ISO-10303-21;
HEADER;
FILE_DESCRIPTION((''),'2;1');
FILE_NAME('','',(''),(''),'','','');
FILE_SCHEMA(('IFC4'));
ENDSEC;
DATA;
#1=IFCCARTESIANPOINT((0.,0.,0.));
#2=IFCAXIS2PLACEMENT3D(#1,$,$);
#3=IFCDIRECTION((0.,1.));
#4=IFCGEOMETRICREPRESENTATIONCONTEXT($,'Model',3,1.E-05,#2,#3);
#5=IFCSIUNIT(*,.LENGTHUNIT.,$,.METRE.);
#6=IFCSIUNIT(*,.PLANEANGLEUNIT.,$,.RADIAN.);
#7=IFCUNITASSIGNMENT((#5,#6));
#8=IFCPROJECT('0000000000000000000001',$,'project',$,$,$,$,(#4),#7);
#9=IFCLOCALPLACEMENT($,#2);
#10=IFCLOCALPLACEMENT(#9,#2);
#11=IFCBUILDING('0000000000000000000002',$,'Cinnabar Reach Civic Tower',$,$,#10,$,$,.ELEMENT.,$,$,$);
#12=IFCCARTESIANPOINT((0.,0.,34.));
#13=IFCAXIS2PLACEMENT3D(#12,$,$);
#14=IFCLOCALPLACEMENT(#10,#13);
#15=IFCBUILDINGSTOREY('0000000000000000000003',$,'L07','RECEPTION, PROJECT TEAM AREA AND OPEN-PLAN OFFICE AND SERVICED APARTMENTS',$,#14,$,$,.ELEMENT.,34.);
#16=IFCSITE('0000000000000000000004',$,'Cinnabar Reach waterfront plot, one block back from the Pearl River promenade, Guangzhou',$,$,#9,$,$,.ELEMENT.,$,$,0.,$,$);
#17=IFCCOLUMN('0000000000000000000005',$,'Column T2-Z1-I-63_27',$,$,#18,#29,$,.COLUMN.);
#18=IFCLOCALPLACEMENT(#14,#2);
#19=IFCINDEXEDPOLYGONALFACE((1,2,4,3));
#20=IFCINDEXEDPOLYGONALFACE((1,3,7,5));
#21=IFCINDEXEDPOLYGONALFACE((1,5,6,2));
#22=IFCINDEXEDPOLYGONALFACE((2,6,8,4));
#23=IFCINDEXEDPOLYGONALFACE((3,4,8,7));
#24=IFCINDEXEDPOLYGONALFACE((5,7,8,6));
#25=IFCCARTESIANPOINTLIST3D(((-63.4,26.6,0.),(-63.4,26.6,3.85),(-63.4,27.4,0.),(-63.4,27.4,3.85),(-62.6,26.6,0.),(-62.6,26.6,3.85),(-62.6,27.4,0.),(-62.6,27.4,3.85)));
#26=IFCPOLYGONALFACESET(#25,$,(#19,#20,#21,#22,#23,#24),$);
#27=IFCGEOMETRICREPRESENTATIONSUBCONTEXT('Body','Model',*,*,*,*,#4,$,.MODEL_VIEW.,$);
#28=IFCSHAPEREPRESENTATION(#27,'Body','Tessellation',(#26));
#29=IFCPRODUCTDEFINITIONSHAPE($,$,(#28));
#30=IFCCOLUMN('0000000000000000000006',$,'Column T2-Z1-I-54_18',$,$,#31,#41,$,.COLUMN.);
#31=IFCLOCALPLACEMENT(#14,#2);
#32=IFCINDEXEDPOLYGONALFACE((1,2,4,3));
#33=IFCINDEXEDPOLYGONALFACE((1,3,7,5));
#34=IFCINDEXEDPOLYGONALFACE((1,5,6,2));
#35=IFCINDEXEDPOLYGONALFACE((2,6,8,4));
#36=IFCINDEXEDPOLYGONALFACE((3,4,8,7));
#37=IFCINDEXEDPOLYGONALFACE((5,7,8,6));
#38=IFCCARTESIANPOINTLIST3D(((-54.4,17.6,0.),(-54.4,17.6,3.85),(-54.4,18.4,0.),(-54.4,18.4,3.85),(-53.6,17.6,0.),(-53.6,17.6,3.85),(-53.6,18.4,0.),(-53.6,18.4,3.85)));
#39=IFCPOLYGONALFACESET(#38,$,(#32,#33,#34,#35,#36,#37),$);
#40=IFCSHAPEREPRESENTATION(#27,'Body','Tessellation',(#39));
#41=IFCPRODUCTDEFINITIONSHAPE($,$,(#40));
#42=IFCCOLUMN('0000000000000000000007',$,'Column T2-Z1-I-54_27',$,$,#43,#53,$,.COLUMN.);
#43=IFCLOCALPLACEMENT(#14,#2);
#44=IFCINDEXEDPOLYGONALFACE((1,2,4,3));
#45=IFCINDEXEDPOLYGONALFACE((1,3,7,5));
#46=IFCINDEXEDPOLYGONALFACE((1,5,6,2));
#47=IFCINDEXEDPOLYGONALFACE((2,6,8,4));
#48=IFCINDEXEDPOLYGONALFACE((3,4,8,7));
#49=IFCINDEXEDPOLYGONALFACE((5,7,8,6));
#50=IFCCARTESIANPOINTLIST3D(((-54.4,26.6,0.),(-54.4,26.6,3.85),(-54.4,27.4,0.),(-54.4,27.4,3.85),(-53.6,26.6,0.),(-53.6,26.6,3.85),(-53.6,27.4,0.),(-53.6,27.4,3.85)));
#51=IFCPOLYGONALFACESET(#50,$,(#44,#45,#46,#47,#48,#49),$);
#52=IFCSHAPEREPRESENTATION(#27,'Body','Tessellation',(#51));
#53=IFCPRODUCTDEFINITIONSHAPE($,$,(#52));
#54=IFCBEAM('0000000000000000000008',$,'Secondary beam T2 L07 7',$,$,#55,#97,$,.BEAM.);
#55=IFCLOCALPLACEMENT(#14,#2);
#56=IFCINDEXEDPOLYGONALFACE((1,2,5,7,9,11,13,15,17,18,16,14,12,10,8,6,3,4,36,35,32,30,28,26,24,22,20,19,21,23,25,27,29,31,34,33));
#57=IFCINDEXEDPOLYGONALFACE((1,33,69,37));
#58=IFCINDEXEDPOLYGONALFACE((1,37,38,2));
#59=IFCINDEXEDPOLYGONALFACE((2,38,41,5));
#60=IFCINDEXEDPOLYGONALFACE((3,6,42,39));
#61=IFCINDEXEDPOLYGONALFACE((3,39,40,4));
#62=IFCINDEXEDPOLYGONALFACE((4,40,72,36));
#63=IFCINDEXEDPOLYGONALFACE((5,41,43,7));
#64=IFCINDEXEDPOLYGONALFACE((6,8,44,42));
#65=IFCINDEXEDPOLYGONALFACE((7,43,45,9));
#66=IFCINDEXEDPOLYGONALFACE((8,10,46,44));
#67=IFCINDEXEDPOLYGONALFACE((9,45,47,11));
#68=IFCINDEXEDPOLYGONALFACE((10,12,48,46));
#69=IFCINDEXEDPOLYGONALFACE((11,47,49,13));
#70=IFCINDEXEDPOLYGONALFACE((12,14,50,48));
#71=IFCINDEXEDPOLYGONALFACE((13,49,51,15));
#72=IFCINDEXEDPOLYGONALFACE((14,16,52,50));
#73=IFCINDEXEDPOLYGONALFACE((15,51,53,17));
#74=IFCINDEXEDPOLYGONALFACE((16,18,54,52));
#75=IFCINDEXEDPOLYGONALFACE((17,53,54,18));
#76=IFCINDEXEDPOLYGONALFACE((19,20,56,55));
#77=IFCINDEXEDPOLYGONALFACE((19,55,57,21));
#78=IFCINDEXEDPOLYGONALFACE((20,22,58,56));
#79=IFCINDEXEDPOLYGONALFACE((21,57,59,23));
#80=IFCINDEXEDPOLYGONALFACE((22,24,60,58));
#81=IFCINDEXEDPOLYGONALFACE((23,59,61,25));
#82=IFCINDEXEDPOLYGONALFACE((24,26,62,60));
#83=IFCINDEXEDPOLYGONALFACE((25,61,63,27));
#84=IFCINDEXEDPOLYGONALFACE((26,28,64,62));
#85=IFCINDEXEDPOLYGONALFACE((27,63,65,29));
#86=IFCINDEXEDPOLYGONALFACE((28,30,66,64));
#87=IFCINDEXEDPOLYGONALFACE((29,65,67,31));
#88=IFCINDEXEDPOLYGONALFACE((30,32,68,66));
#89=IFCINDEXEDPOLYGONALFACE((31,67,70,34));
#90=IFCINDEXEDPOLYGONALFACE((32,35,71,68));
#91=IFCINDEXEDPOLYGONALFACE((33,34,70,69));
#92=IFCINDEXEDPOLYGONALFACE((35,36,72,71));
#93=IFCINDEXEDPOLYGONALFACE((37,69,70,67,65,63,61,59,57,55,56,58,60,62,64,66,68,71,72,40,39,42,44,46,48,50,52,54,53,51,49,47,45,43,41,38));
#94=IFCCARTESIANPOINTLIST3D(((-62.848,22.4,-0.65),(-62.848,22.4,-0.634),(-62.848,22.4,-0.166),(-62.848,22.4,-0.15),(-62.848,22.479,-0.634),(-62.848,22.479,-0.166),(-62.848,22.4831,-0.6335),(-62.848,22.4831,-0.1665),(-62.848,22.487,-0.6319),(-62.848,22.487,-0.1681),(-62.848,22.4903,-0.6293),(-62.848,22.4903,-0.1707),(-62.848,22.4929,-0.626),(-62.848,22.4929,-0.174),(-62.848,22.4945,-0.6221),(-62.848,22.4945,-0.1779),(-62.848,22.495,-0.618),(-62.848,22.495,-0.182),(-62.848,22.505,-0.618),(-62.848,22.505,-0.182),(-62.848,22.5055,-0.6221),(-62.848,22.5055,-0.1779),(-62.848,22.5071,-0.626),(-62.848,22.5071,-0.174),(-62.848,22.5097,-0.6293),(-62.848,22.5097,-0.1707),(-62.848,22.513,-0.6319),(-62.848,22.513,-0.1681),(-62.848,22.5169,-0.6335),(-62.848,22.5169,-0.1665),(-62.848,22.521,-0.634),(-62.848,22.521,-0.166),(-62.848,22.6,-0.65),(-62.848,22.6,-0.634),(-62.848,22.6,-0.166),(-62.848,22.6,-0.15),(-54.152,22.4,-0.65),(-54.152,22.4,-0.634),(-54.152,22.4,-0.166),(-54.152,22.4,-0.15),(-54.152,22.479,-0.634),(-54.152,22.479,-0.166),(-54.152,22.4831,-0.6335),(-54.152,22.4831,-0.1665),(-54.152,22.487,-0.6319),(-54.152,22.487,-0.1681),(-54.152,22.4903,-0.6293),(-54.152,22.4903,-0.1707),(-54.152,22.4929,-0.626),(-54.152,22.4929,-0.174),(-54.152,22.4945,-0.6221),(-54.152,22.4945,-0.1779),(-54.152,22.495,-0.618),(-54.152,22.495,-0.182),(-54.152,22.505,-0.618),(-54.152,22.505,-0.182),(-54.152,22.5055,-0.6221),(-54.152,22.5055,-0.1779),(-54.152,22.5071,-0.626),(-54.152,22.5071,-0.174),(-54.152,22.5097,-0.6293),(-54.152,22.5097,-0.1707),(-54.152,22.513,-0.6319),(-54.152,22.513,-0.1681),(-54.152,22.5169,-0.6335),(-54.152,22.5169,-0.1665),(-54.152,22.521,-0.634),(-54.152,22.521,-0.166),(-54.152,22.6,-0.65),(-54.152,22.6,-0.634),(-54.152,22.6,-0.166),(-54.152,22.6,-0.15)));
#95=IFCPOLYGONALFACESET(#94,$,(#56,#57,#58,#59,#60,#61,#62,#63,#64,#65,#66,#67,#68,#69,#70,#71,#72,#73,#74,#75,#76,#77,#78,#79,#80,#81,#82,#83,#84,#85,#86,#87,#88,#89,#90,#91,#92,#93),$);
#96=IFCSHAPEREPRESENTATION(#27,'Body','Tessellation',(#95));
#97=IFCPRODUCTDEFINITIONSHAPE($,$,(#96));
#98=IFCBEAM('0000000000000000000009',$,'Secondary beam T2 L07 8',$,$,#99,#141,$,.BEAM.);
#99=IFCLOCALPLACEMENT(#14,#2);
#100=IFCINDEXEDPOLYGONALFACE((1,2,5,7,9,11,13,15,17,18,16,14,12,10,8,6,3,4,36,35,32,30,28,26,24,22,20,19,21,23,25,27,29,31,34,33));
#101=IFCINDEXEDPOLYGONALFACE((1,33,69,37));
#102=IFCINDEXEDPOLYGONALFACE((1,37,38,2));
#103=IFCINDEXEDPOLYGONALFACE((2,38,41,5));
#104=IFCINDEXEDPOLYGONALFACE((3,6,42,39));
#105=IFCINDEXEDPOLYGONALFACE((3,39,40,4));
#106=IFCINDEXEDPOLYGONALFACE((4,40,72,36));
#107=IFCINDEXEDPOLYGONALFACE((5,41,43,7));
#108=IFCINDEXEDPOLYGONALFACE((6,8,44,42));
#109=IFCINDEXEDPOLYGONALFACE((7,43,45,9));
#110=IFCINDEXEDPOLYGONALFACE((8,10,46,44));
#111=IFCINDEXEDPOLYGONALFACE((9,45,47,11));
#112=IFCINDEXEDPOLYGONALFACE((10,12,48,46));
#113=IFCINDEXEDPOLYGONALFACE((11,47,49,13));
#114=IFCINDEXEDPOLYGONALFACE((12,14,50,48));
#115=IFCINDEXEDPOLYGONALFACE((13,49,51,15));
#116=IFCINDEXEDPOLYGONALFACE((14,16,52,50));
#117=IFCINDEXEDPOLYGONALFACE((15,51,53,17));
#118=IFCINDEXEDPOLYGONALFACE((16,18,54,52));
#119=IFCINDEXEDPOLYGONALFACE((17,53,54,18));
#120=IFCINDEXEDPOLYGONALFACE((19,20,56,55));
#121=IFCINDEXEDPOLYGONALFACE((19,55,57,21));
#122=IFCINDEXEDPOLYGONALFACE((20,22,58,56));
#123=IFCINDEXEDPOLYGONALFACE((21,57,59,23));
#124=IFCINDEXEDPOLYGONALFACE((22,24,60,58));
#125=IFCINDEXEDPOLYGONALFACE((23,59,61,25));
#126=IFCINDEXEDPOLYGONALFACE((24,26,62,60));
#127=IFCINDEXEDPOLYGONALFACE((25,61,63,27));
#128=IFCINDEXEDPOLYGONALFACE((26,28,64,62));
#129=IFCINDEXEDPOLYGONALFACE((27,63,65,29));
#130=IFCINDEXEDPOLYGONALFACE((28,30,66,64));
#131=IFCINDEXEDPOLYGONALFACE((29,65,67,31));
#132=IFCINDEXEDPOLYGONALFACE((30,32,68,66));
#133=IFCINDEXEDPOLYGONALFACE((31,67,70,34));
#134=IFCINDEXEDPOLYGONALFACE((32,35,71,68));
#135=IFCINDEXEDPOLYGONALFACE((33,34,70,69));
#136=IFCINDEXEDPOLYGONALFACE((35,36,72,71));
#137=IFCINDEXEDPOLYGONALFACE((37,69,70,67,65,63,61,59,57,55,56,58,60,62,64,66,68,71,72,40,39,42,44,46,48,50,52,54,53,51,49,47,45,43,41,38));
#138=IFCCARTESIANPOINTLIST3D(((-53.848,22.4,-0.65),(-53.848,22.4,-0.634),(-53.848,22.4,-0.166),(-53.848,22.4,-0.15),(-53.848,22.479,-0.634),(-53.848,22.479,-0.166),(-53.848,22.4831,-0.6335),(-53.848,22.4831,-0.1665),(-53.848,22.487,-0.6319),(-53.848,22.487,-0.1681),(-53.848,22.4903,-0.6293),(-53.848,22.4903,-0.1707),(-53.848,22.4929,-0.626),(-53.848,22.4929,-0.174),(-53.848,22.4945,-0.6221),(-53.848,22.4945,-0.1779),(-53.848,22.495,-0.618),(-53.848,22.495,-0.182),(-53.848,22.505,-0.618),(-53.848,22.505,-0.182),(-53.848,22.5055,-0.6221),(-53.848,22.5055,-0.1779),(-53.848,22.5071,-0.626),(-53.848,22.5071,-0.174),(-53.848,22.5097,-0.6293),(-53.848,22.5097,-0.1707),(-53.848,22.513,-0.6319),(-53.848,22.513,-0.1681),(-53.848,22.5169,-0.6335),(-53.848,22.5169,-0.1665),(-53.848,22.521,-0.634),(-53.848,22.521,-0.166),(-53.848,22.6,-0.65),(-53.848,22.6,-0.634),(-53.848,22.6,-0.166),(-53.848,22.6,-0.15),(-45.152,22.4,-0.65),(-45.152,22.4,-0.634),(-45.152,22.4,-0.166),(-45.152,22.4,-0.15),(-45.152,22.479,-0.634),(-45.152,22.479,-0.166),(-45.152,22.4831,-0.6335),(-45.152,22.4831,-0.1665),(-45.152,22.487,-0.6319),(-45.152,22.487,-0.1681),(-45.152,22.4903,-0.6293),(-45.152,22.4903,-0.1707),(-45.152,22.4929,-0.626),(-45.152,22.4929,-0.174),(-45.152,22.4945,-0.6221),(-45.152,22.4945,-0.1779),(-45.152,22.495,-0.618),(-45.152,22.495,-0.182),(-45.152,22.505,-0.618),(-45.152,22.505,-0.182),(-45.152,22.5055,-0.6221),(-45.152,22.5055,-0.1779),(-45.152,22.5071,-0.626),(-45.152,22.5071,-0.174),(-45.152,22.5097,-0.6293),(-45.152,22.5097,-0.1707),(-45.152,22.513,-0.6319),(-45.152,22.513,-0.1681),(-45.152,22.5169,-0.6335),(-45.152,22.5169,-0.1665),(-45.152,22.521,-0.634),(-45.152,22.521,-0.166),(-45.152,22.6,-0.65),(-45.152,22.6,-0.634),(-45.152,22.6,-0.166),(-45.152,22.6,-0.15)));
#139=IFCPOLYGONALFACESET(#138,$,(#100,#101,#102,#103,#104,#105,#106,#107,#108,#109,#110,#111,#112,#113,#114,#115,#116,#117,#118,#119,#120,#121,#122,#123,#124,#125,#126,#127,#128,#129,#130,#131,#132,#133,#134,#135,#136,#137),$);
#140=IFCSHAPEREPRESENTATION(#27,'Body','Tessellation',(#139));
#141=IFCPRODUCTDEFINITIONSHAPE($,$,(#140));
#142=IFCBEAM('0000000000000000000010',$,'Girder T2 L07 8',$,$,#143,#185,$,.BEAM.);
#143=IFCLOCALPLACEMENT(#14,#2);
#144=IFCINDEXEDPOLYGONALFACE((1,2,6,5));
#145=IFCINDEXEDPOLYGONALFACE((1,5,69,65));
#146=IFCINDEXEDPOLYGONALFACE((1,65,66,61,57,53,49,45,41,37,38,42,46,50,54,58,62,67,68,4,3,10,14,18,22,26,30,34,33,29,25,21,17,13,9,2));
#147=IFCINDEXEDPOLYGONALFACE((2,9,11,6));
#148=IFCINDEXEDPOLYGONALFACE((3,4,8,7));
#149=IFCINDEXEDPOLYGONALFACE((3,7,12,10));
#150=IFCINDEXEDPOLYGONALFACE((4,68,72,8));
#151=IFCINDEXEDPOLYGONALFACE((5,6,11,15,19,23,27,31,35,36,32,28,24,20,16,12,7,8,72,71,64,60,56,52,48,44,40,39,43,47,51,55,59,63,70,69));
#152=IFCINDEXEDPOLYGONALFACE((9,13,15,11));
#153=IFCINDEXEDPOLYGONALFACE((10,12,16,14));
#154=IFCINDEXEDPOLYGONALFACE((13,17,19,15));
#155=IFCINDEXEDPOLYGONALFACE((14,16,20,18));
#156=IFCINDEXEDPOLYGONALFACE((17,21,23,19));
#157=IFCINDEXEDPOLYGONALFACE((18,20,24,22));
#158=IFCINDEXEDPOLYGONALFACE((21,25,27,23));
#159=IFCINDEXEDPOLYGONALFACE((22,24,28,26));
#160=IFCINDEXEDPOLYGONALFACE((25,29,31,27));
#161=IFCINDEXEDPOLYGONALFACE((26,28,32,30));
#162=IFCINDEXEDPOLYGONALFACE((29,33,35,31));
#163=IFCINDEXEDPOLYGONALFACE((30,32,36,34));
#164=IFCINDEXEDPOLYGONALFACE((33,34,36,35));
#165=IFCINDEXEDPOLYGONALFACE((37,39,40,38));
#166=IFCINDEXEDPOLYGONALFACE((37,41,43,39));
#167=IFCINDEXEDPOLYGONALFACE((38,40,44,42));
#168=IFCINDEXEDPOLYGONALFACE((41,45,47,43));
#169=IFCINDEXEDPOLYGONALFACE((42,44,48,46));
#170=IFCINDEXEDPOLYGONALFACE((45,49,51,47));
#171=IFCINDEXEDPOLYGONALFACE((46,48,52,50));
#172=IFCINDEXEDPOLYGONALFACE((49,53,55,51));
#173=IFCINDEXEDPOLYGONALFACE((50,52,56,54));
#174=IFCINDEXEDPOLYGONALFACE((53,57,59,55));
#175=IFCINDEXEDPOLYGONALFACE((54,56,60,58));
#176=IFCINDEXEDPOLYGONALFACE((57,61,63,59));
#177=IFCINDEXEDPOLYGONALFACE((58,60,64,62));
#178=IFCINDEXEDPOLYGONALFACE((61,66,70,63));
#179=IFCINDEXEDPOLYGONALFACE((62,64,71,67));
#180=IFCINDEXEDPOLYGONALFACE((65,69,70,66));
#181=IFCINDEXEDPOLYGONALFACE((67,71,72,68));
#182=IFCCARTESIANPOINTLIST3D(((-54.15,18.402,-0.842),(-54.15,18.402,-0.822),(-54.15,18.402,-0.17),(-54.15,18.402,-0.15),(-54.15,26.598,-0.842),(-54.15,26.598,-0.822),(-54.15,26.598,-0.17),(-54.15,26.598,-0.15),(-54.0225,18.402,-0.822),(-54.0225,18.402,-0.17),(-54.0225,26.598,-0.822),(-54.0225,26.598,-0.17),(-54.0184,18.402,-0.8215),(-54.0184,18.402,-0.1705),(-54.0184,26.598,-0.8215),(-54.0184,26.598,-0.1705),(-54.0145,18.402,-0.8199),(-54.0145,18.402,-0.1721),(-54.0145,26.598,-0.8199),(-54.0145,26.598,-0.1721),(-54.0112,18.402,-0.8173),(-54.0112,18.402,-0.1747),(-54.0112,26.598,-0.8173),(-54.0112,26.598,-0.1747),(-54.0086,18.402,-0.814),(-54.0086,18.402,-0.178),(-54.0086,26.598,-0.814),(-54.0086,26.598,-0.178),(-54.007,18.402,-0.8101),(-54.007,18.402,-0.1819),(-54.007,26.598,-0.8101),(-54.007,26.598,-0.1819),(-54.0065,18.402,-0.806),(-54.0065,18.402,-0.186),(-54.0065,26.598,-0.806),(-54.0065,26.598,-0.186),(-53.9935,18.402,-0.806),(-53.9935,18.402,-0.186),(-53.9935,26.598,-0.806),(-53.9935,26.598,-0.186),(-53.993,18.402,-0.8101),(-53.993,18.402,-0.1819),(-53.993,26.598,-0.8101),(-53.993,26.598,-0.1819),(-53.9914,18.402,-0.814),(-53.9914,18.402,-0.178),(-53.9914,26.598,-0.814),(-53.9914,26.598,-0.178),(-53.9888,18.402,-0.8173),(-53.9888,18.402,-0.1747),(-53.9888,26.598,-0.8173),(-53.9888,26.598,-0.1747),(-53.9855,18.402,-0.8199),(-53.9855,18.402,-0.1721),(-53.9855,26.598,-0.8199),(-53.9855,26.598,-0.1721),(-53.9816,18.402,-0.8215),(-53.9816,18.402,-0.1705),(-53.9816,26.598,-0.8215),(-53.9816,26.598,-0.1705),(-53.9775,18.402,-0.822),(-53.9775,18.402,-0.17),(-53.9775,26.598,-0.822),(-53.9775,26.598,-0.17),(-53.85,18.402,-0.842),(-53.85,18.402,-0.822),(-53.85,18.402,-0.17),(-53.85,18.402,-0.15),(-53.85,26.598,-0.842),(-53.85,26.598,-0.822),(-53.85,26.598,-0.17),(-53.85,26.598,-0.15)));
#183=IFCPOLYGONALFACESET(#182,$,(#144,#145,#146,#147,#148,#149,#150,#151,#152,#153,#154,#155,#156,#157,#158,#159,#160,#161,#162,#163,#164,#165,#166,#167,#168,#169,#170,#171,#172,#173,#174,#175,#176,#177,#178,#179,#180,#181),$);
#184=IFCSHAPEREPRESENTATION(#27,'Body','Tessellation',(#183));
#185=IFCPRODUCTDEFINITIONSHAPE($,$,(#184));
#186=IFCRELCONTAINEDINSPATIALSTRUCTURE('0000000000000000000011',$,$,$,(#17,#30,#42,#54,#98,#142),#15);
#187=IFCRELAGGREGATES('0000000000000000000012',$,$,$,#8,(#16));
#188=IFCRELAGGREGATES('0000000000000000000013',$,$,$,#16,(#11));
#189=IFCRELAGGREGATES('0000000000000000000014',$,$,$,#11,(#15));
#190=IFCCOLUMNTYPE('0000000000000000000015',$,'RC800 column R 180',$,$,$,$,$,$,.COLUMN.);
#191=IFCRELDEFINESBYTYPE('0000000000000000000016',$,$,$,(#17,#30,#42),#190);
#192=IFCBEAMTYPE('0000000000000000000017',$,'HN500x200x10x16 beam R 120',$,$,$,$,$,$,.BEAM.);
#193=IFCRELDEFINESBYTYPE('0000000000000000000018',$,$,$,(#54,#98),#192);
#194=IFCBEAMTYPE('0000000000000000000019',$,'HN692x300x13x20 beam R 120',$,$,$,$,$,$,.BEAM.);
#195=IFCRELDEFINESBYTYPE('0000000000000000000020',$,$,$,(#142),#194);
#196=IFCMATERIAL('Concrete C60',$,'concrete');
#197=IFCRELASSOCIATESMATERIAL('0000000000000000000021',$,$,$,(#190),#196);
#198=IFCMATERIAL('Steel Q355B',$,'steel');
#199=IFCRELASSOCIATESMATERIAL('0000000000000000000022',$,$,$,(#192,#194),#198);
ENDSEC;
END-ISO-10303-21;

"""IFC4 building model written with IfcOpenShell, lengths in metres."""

from ifc_helpers import new_model, si_unit, direction, frame, origin, origin_2d, place, context, subcontext, project, spatial, rectangle, i_section, extrude, material, material_profile, profile_set, type_object, element, save


model = new_model("IFC4")

# Units and contexts
model_context = context("Model", 3, precision=1e-05, world=origin(), true_north=direction((0.0, 1.0)))
body_context = subcontext(model_context, "Body", "Model", "MODEL_VIEW")
ifc_project = project(units=[si_unit("LENGTHUNIT", "METRE"), si_unit("PLANEANGLEUNIT", "RADIAN")], contexts=[model_context])

# Site, building, storey
site_placement = place(None, origin())
site = spatial("IfcSite", under=ifc_project, at=site_placement, Name="Cinnabar Reach waterfront plot, one block back from the Pearl River promenade, Guangzhou", CompositionType="ELEMENT", RefElevation=0.0)
building_placement = place(site_placement, origin())
building = spatial("IfcBuilding", under=site, at=building_placement, Name="Cinnabar Reach Civic Tower", CompositionType="ELEMENT")
storey_placement = place(building_placement, frame((0.0, 0.0, 34.0)))
storey = spatial("IfcBuildingStorey", under=building, at=storey_placement, Name="L07", Description="RECEPTION, PROJECT TEAM AREA AND OPEN-PLAN OFFICE AND SERVICED APARTMENTS", CompositionType="ELEMENT", Elevation=34.0)

# Columns
ifc_material_1 = material(Name="Concrete C60", Category="concrete")
ifc_material_profile_1 = material_profile(ifc_material_1, rectangle(XDim=0.8, YDim=0.8, at=origin_2d()), Name="RC800")
ifc_profile_set_1 = profile_set([ifc_material_profile_1], Name="Concrete C60")
column_type = type_object("IfcColumnType", Name="RC800 column R 180", PredefinedType="COLUMN", material=ifc_profile_set_1)
for number, where, z_axis, x_axis, name in (
    (1, (-63.0, 27.0, 0.0), (0.0, 0.0, 1.0), (1.0, 0.0, 0.0), "Column T2-Z1-I-63_27"),
    (2, (-54.0, 18.0, 0.0), (0.0, 0.0, 1.0), (1.0, 0.0, 0.0), "Column T2-Z1-I-54_18"),
    (3, (-54.0, 27.0, 0.0), (0.0, 0.0, 1.0), (1.0, 0.0, 0.0), "Column T2-Z1-I-54_27"),
):
    element("IfcColumn", number, at=place(storey_placement, frame(where, z_axis=z_axis, x_axis=x_axis)), inside=storey, type_object=column_type, Name=name, PredefinedType="COLUMN", context=body_context, shape_type="SweptSolid", body=[
        extrude(rectangle(XDim=0.8, YDim=0.8, at=origin_2d()), origin(), (0.0, 0.0, 1.0), 3.85),
    ])

# Beams
ifc_material_2 = material(Name="Steel Q355B", Category="steel")
ifc_material_profile_2 = material_profile(ifc_material_2, i_section(OverallWidth=0.2, OverallDepth=0.5, WebThickness=0.01, FlangeThickness=0.016, FilletRadius=0.016, at=origin_2d()), Name="HN500x200x10x16")
ifc_profile_set_2 = profile_set([ifc_material_profile_2], Name="Steel Q355B")
beam_type_1 = type_object("IfcBeamType", Name="HN500x200x10x16 beam R 120", PredefinedType="BEAM", material=ifc_profile_set_2)
for number, where, z_axis, x_axis, name in (
    (4, (-62.848, 22.5, -0.4), (1.0, 0.0, 0.0), (0.0, 1.0, 0.0), "Secondary beam T2 L07 7"),
    (5, (-53.848, 22.5, -0.4), (1.0, 0.0, 0.0), (0.0, 1.0, 0.0), "Secondary beam T2 L07 8"),
):
    element("IfcBeam", number, at=place(storey_placement, frame(where, z_axis=z_axis, x_axis=x_axis)), inside=storey, type_object=beam_type_1, Name=name, PredefinedType="BEAM", context=body_context, shape_type="SweptSolid", body=[
        extrude(i_section(OverallWidth=0.2, OverallDepth=0.5, WebThickness=0.01, FlangeThickness=0.016, FilletRadius=0.016, at=origin_2d()), origin(), (0.0, 0.0, 1.0), 8.696),
    ])
ifc_material_profile_3 = material_profile(ifc_material_2, i_section(OverallWidth=0.3, OverallDepth=0.692, WebThickness=0.013, FlangeThickness=0.02, FilletRadius=0.016, at=origin_2d()), Name="HN692x300x13x20")
ifc_profile_set_3 = profile_set([ifc_material_profile_3], Name="Steel Q355B")
beam_type_2 = type_object("IfcBeamType", Name="HN692x300x13x20 beam R 120", PredefinedType="BEAM", material=ifc_profile_set_3)
beam_placement = place(storey_placement, frame((-54.0, 18.402, -0.496), z_axis=(0.0, 1.0, 0.0), x_axis=(-1.0, 0.0, 0.0)))
element("IfcBeam", 6, at=beam_placement, inside=storey, type_object=beam_type_2, Name="Girder T2 L07 8", PredefinedType="BEAM", context=body_context, shape_type="SweptSolid", body=[
    extrude(i_section(OverallWidth=0.3, OverallDepth=0.692, WebThickness=0.013, FlangeThickness=0.02, FilletRadius=0.016, at=origin_2d()), origin(), (0.0, 0.0, 1.0), 8.196),
])

save(model, "model.ifc")
